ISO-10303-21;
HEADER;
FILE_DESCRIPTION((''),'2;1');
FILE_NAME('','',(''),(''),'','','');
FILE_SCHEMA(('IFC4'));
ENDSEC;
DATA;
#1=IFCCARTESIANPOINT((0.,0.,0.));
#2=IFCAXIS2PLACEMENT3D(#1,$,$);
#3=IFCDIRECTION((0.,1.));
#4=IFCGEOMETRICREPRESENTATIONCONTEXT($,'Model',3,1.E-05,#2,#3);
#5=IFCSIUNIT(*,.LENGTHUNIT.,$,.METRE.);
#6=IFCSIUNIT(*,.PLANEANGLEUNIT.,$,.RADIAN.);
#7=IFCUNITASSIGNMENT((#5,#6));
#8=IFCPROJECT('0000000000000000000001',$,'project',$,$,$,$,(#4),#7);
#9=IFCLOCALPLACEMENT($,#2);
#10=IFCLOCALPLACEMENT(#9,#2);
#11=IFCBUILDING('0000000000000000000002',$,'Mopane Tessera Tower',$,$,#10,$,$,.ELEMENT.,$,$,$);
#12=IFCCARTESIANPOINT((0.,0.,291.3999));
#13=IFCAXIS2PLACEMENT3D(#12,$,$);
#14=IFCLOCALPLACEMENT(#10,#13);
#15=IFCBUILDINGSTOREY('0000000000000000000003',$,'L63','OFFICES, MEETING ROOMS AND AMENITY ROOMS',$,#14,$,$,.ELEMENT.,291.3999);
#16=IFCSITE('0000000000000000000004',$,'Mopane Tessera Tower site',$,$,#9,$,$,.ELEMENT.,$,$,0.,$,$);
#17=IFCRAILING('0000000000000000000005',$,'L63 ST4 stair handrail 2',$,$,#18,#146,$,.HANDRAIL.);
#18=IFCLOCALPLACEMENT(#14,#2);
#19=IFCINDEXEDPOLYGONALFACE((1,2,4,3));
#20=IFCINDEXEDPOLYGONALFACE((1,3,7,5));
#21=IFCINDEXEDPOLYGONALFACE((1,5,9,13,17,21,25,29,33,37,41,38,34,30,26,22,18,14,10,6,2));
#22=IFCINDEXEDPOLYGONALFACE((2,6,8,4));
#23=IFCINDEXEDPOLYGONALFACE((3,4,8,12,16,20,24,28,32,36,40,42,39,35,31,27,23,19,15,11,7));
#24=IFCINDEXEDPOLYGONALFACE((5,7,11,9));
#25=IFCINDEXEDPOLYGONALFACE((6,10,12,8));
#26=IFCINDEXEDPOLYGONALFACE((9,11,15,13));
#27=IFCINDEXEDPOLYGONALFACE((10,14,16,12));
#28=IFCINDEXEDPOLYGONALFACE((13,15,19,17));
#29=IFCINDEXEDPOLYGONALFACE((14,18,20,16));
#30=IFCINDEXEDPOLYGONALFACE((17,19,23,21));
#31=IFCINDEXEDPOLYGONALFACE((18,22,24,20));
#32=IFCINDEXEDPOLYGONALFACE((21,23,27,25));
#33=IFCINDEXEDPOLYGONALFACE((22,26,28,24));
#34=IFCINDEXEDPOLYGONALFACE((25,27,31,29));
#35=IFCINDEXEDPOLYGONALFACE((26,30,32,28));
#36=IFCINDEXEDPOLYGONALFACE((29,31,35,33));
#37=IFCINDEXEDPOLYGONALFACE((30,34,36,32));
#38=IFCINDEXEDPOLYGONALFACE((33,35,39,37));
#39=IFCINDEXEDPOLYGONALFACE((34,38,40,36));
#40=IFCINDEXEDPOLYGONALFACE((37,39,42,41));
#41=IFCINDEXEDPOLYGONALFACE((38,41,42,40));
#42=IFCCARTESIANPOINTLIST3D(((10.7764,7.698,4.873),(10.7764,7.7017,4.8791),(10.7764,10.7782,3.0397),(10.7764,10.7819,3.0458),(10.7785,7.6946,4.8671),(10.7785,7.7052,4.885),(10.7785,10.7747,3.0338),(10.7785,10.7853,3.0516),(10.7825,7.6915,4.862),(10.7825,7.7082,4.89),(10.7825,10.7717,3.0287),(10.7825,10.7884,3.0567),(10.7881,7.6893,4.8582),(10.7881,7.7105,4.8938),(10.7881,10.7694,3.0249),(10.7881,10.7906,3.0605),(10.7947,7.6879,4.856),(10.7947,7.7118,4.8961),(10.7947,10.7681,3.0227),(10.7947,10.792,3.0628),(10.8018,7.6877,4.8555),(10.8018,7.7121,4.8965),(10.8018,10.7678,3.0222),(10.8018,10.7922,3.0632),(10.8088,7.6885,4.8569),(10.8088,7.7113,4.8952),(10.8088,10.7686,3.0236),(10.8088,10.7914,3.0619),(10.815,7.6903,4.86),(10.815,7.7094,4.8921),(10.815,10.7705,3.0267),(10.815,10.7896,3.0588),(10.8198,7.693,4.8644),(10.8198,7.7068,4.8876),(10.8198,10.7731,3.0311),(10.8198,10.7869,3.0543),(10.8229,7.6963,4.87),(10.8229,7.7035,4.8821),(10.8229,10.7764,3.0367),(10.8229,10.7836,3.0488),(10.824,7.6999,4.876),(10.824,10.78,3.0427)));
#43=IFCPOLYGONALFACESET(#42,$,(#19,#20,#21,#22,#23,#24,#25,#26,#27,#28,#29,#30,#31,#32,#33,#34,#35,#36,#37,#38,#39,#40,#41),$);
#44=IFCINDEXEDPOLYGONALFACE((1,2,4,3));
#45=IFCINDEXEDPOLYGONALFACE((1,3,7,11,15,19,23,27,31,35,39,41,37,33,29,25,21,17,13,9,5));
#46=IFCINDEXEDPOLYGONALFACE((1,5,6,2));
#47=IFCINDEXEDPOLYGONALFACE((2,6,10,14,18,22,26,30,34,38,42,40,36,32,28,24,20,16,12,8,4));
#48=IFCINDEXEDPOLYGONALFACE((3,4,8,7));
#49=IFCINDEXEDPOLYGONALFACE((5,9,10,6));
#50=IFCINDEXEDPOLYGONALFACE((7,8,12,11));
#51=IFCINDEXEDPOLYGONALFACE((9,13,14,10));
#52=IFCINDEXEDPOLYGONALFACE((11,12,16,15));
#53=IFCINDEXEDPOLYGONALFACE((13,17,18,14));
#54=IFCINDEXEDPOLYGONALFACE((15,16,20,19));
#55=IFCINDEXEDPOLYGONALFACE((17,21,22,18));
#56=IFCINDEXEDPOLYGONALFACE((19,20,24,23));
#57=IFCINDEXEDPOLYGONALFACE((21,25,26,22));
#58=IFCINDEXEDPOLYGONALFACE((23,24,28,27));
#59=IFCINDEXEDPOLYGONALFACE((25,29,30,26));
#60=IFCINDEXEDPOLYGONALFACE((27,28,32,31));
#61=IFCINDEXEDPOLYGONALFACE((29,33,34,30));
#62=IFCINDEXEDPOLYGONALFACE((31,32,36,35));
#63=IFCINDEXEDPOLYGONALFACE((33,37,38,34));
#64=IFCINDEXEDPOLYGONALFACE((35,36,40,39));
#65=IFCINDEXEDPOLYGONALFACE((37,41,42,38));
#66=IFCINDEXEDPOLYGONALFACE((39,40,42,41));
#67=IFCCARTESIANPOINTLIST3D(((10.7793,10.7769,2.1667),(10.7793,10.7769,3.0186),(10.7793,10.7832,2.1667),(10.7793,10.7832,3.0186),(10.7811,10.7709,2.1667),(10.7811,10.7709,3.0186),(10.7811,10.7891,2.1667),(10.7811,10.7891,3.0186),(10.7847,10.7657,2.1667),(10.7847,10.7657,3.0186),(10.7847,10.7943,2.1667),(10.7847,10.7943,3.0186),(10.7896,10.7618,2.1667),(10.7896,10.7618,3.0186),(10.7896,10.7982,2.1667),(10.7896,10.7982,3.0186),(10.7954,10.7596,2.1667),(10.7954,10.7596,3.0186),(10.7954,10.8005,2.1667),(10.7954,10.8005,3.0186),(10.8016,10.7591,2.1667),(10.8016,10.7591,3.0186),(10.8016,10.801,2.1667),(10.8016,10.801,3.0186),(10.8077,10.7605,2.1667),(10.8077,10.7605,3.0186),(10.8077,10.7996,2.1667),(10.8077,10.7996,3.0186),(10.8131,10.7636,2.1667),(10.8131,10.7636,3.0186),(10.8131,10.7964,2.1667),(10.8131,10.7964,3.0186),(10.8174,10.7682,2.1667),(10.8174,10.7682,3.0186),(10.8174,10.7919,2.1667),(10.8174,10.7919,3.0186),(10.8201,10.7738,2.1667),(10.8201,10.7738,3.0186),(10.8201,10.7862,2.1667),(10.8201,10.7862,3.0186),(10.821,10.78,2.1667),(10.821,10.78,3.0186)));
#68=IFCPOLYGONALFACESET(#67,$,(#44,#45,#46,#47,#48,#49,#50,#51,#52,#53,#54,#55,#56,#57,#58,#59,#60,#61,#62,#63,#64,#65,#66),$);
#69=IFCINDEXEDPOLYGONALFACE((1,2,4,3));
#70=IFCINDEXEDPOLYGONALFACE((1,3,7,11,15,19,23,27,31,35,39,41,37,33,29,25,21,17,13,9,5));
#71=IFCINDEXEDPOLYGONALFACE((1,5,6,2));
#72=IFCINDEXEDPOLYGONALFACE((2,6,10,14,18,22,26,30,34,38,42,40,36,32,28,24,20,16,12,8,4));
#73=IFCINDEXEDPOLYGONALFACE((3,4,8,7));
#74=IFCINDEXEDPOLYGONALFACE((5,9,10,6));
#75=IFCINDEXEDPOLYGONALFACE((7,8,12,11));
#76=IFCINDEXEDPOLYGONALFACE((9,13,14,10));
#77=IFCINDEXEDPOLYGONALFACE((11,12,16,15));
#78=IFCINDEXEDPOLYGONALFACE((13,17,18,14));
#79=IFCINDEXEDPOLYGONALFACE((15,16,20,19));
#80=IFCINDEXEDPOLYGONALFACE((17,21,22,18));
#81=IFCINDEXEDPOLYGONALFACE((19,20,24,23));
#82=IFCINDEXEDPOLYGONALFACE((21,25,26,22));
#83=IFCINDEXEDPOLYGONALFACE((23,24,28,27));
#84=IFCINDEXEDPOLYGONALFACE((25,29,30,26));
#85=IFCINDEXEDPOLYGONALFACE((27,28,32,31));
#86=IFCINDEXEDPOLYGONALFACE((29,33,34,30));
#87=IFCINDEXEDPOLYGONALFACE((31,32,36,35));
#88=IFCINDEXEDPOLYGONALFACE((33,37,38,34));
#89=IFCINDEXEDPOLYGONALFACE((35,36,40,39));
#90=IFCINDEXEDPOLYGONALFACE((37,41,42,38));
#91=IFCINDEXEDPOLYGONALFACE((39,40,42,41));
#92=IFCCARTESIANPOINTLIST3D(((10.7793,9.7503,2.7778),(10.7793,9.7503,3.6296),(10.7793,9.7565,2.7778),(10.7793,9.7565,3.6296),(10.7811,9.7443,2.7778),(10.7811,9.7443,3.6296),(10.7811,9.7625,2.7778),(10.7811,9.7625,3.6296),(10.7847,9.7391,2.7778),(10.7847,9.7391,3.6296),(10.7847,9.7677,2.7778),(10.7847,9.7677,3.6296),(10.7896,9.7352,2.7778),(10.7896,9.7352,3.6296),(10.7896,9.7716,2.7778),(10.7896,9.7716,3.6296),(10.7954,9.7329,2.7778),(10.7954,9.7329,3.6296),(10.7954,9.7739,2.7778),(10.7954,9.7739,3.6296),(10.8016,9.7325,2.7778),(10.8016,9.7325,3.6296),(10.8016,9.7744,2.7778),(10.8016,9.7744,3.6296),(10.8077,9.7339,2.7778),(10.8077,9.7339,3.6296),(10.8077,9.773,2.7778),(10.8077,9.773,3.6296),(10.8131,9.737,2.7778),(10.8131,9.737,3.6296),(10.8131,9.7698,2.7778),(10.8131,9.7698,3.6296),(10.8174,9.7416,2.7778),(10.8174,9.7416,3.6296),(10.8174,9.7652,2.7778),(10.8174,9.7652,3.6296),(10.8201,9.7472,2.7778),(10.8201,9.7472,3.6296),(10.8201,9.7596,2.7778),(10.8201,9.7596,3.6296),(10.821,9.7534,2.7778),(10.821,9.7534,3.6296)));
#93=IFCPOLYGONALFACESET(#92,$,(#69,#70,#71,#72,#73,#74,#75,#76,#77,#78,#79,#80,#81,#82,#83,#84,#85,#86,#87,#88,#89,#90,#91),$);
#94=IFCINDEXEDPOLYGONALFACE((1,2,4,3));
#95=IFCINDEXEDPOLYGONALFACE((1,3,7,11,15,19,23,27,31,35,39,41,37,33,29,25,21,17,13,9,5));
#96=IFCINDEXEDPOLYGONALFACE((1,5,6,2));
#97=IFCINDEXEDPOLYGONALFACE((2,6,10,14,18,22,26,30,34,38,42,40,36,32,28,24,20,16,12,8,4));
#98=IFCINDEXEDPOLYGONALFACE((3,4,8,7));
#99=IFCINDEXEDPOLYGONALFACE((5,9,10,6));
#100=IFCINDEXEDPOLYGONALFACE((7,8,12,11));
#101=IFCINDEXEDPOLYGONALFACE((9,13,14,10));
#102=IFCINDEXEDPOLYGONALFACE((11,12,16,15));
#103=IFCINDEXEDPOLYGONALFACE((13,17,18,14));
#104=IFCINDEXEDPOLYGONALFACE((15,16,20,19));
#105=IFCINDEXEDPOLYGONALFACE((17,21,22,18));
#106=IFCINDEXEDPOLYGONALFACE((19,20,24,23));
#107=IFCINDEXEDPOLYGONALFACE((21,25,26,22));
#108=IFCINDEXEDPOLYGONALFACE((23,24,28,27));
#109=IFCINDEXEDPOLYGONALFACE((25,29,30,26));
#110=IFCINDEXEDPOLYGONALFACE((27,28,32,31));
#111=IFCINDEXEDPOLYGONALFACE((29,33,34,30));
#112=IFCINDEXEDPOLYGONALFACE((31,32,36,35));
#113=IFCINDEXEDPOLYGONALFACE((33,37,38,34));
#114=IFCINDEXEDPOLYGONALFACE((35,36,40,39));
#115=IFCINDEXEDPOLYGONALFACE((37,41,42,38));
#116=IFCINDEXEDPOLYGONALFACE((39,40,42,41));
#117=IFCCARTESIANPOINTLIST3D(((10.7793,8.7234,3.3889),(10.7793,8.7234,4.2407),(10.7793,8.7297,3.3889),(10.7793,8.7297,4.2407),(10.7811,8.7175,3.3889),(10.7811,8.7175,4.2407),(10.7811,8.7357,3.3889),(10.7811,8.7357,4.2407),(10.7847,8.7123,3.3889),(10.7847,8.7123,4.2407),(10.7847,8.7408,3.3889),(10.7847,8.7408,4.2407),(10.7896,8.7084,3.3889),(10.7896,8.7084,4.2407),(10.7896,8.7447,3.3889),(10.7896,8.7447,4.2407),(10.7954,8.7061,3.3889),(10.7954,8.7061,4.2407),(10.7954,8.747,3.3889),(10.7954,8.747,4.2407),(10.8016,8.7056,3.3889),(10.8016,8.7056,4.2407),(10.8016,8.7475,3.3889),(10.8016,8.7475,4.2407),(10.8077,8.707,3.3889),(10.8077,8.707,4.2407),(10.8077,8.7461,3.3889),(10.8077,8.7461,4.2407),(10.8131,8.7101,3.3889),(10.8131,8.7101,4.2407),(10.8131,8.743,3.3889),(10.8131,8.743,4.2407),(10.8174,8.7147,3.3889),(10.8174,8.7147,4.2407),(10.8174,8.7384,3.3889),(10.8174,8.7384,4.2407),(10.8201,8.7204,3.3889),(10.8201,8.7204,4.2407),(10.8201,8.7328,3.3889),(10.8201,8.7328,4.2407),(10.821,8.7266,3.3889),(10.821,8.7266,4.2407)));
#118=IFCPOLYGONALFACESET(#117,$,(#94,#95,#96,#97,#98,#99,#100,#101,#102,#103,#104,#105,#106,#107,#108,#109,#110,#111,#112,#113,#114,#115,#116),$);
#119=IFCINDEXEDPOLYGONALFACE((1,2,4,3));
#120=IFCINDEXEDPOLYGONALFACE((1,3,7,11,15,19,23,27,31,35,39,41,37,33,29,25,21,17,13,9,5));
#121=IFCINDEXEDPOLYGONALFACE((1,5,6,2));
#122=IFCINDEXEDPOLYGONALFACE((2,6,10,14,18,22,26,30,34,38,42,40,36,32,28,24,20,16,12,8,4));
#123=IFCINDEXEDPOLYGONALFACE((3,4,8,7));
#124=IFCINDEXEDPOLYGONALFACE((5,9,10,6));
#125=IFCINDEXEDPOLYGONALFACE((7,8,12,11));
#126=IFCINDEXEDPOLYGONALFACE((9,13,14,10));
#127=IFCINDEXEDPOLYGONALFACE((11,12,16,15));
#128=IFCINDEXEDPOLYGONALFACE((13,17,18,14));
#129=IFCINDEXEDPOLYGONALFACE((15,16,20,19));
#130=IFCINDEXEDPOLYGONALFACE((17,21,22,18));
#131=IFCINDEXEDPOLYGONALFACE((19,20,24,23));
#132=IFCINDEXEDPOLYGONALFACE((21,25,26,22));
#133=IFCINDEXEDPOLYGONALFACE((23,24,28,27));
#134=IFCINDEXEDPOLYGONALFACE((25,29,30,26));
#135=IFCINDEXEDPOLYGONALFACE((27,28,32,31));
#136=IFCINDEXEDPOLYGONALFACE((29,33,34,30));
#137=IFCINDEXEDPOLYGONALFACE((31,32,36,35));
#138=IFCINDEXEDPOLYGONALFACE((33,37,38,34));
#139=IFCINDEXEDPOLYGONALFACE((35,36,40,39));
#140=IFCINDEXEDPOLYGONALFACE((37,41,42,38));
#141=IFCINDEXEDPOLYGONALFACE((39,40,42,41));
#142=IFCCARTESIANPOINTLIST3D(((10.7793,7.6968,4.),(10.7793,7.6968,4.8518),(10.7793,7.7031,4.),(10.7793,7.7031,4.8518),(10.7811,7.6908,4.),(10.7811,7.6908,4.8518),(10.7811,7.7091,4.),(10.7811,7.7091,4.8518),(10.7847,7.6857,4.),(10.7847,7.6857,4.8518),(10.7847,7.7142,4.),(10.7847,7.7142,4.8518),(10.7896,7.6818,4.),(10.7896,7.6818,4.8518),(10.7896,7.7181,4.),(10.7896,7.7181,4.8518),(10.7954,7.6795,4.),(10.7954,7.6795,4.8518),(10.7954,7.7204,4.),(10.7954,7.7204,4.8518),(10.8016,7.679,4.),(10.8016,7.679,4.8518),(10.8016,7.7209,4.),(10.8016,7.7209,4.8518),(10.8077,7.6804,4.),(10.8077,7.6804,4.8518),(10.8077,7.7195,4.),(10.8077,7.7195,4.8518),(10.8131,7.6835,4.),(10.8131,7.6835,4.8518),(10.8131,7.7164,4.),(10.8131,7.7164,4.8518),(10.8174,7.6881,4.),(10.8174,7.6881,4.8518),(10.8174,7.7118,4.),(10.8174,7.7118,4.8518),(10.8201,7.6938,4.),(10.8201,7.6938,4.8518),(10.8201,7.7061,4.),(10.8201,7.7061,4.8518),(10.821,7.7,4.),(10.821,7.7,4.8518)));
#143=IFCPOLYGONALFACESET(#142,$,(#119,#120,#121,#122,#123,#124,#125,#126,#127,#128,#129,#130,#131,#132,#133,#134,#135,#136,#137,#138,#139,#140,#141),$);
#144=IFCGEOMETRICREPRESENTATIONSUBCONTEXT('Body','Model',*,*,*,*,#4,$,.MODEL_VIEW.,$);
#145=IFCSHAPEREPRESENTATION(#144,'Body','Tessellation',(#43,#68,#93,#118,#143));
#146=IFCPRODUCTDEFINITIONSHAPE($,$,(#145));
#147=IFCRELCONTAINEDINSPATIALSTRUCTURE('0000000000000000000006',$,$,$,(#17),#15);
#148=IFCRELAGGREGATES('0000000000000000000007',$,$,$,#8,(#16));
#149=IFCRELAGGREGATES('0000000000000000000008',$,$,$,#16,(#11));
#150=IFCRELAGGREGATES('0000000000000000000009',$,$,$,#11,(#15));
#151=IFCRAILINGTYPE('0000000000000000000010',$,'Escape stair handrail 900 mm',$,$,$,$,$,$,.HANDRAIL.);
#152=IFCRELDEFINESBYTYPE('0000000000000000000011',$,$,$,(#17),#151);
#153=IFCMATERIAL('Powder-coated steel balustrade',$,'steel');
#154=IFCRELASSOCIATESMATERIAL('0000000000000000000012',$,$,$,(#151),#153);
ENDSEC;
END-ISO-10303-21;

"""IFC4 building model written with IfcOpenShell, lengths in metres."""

from ifc_helpers import new_model, si_unit, direction, frame, origin, origin_2d, place, context, subcontext, project, spatial, circle, extrude, material, type_object, element, save


model = new_model("IFC4")

# Units and contexts
model_context = context("Model", 3, precision=1e-05, world=origin(), true_north=direction((0.0, 1.0)))
body_context = subcontext(model_context, "Body", "Model", "MODEL_VIEW")
ifc_project = project(units=[si_unit("LENGTHUNIT", "METRE"), si_unit("PLANEANGLEUNIT", "RADIAN")], contexts=[model_context])

# Site, building, storey
site_placement = place(None, origin())
site = spatial("IfcSite", under=ifc_project, at=site_placement, Name="Mopane Tessera Tower site", CompositionType="ELEMENT", RefElevation=0.0)
building_placement = place(site_placement, origin())
building = spatial("IfcBuilding", under=site, at=building_placement, Name="Mopane Tessera Tower", CompositionType="ELEMENT")
storey_placement = place(building_placement, frame((0.0, 0.0, 291.3999)))
storey = spatial("IfcBuildingStorey", under=building, at=storey_placement, Name="L63", Description="OFFICES, MEETING ROOMS AND AMENITY ROOMS", CompositionType="ELEMENT", Elevation=291.3999)

# Railing
ifc_material_1 = material(Name="Powder-coated steel balustrade", Category="steel")
railing_type_1 = type_object("IfcRailingType", Name="Escape stair handrail 900 mm", PredefinedType="HANDRAIL", material=ifc_material_1)
railing_1_placement = place(storey_placement, frame((10.8, 10.78, 2.1667)))
element("IfcRailing", 1, at=railing_1_placement, inside=storey, type_object=railing_type_1, Name="L63 ST4 stair handrail 2", PredefinedType="HANDRAIL", context=body_context, shape_type="SweptSolid", body=[
    extrude(circle(Radius=0.0239, at=origin_2d()), frame((0.0, 0.0, 0.876), z_axis=(0.0, -0.859309, 0.511458), x_axis=(1.0, 0.0, 0.0)), (0.0, 0.0, 1.0), 3.5845),
    extrude(circle(Radius=0.021, at=origin_2d()), origin(), (0.0, 0.0, 1.0), 0.8518),
    extrude(circle(Radius=0.021, at=origin_2d()), frame((0.0, -1.0266, 0.6111)), (0.0, 0.0, 1.0), 0.8518),
    extrude(circle(Radius=0.021, at=origin_2d()), frame((0.0, -2.0535, 1.2222)), (0.0, 0.0, 1.0), 0.8518),
    extrude(circle(Radius=0.021, at=origin_2d()), frame((0.0, -3.0801, 1.8333)), (0.0, 0.0, 1.0), 0.8518),
])

save(model, "model.ifc")
